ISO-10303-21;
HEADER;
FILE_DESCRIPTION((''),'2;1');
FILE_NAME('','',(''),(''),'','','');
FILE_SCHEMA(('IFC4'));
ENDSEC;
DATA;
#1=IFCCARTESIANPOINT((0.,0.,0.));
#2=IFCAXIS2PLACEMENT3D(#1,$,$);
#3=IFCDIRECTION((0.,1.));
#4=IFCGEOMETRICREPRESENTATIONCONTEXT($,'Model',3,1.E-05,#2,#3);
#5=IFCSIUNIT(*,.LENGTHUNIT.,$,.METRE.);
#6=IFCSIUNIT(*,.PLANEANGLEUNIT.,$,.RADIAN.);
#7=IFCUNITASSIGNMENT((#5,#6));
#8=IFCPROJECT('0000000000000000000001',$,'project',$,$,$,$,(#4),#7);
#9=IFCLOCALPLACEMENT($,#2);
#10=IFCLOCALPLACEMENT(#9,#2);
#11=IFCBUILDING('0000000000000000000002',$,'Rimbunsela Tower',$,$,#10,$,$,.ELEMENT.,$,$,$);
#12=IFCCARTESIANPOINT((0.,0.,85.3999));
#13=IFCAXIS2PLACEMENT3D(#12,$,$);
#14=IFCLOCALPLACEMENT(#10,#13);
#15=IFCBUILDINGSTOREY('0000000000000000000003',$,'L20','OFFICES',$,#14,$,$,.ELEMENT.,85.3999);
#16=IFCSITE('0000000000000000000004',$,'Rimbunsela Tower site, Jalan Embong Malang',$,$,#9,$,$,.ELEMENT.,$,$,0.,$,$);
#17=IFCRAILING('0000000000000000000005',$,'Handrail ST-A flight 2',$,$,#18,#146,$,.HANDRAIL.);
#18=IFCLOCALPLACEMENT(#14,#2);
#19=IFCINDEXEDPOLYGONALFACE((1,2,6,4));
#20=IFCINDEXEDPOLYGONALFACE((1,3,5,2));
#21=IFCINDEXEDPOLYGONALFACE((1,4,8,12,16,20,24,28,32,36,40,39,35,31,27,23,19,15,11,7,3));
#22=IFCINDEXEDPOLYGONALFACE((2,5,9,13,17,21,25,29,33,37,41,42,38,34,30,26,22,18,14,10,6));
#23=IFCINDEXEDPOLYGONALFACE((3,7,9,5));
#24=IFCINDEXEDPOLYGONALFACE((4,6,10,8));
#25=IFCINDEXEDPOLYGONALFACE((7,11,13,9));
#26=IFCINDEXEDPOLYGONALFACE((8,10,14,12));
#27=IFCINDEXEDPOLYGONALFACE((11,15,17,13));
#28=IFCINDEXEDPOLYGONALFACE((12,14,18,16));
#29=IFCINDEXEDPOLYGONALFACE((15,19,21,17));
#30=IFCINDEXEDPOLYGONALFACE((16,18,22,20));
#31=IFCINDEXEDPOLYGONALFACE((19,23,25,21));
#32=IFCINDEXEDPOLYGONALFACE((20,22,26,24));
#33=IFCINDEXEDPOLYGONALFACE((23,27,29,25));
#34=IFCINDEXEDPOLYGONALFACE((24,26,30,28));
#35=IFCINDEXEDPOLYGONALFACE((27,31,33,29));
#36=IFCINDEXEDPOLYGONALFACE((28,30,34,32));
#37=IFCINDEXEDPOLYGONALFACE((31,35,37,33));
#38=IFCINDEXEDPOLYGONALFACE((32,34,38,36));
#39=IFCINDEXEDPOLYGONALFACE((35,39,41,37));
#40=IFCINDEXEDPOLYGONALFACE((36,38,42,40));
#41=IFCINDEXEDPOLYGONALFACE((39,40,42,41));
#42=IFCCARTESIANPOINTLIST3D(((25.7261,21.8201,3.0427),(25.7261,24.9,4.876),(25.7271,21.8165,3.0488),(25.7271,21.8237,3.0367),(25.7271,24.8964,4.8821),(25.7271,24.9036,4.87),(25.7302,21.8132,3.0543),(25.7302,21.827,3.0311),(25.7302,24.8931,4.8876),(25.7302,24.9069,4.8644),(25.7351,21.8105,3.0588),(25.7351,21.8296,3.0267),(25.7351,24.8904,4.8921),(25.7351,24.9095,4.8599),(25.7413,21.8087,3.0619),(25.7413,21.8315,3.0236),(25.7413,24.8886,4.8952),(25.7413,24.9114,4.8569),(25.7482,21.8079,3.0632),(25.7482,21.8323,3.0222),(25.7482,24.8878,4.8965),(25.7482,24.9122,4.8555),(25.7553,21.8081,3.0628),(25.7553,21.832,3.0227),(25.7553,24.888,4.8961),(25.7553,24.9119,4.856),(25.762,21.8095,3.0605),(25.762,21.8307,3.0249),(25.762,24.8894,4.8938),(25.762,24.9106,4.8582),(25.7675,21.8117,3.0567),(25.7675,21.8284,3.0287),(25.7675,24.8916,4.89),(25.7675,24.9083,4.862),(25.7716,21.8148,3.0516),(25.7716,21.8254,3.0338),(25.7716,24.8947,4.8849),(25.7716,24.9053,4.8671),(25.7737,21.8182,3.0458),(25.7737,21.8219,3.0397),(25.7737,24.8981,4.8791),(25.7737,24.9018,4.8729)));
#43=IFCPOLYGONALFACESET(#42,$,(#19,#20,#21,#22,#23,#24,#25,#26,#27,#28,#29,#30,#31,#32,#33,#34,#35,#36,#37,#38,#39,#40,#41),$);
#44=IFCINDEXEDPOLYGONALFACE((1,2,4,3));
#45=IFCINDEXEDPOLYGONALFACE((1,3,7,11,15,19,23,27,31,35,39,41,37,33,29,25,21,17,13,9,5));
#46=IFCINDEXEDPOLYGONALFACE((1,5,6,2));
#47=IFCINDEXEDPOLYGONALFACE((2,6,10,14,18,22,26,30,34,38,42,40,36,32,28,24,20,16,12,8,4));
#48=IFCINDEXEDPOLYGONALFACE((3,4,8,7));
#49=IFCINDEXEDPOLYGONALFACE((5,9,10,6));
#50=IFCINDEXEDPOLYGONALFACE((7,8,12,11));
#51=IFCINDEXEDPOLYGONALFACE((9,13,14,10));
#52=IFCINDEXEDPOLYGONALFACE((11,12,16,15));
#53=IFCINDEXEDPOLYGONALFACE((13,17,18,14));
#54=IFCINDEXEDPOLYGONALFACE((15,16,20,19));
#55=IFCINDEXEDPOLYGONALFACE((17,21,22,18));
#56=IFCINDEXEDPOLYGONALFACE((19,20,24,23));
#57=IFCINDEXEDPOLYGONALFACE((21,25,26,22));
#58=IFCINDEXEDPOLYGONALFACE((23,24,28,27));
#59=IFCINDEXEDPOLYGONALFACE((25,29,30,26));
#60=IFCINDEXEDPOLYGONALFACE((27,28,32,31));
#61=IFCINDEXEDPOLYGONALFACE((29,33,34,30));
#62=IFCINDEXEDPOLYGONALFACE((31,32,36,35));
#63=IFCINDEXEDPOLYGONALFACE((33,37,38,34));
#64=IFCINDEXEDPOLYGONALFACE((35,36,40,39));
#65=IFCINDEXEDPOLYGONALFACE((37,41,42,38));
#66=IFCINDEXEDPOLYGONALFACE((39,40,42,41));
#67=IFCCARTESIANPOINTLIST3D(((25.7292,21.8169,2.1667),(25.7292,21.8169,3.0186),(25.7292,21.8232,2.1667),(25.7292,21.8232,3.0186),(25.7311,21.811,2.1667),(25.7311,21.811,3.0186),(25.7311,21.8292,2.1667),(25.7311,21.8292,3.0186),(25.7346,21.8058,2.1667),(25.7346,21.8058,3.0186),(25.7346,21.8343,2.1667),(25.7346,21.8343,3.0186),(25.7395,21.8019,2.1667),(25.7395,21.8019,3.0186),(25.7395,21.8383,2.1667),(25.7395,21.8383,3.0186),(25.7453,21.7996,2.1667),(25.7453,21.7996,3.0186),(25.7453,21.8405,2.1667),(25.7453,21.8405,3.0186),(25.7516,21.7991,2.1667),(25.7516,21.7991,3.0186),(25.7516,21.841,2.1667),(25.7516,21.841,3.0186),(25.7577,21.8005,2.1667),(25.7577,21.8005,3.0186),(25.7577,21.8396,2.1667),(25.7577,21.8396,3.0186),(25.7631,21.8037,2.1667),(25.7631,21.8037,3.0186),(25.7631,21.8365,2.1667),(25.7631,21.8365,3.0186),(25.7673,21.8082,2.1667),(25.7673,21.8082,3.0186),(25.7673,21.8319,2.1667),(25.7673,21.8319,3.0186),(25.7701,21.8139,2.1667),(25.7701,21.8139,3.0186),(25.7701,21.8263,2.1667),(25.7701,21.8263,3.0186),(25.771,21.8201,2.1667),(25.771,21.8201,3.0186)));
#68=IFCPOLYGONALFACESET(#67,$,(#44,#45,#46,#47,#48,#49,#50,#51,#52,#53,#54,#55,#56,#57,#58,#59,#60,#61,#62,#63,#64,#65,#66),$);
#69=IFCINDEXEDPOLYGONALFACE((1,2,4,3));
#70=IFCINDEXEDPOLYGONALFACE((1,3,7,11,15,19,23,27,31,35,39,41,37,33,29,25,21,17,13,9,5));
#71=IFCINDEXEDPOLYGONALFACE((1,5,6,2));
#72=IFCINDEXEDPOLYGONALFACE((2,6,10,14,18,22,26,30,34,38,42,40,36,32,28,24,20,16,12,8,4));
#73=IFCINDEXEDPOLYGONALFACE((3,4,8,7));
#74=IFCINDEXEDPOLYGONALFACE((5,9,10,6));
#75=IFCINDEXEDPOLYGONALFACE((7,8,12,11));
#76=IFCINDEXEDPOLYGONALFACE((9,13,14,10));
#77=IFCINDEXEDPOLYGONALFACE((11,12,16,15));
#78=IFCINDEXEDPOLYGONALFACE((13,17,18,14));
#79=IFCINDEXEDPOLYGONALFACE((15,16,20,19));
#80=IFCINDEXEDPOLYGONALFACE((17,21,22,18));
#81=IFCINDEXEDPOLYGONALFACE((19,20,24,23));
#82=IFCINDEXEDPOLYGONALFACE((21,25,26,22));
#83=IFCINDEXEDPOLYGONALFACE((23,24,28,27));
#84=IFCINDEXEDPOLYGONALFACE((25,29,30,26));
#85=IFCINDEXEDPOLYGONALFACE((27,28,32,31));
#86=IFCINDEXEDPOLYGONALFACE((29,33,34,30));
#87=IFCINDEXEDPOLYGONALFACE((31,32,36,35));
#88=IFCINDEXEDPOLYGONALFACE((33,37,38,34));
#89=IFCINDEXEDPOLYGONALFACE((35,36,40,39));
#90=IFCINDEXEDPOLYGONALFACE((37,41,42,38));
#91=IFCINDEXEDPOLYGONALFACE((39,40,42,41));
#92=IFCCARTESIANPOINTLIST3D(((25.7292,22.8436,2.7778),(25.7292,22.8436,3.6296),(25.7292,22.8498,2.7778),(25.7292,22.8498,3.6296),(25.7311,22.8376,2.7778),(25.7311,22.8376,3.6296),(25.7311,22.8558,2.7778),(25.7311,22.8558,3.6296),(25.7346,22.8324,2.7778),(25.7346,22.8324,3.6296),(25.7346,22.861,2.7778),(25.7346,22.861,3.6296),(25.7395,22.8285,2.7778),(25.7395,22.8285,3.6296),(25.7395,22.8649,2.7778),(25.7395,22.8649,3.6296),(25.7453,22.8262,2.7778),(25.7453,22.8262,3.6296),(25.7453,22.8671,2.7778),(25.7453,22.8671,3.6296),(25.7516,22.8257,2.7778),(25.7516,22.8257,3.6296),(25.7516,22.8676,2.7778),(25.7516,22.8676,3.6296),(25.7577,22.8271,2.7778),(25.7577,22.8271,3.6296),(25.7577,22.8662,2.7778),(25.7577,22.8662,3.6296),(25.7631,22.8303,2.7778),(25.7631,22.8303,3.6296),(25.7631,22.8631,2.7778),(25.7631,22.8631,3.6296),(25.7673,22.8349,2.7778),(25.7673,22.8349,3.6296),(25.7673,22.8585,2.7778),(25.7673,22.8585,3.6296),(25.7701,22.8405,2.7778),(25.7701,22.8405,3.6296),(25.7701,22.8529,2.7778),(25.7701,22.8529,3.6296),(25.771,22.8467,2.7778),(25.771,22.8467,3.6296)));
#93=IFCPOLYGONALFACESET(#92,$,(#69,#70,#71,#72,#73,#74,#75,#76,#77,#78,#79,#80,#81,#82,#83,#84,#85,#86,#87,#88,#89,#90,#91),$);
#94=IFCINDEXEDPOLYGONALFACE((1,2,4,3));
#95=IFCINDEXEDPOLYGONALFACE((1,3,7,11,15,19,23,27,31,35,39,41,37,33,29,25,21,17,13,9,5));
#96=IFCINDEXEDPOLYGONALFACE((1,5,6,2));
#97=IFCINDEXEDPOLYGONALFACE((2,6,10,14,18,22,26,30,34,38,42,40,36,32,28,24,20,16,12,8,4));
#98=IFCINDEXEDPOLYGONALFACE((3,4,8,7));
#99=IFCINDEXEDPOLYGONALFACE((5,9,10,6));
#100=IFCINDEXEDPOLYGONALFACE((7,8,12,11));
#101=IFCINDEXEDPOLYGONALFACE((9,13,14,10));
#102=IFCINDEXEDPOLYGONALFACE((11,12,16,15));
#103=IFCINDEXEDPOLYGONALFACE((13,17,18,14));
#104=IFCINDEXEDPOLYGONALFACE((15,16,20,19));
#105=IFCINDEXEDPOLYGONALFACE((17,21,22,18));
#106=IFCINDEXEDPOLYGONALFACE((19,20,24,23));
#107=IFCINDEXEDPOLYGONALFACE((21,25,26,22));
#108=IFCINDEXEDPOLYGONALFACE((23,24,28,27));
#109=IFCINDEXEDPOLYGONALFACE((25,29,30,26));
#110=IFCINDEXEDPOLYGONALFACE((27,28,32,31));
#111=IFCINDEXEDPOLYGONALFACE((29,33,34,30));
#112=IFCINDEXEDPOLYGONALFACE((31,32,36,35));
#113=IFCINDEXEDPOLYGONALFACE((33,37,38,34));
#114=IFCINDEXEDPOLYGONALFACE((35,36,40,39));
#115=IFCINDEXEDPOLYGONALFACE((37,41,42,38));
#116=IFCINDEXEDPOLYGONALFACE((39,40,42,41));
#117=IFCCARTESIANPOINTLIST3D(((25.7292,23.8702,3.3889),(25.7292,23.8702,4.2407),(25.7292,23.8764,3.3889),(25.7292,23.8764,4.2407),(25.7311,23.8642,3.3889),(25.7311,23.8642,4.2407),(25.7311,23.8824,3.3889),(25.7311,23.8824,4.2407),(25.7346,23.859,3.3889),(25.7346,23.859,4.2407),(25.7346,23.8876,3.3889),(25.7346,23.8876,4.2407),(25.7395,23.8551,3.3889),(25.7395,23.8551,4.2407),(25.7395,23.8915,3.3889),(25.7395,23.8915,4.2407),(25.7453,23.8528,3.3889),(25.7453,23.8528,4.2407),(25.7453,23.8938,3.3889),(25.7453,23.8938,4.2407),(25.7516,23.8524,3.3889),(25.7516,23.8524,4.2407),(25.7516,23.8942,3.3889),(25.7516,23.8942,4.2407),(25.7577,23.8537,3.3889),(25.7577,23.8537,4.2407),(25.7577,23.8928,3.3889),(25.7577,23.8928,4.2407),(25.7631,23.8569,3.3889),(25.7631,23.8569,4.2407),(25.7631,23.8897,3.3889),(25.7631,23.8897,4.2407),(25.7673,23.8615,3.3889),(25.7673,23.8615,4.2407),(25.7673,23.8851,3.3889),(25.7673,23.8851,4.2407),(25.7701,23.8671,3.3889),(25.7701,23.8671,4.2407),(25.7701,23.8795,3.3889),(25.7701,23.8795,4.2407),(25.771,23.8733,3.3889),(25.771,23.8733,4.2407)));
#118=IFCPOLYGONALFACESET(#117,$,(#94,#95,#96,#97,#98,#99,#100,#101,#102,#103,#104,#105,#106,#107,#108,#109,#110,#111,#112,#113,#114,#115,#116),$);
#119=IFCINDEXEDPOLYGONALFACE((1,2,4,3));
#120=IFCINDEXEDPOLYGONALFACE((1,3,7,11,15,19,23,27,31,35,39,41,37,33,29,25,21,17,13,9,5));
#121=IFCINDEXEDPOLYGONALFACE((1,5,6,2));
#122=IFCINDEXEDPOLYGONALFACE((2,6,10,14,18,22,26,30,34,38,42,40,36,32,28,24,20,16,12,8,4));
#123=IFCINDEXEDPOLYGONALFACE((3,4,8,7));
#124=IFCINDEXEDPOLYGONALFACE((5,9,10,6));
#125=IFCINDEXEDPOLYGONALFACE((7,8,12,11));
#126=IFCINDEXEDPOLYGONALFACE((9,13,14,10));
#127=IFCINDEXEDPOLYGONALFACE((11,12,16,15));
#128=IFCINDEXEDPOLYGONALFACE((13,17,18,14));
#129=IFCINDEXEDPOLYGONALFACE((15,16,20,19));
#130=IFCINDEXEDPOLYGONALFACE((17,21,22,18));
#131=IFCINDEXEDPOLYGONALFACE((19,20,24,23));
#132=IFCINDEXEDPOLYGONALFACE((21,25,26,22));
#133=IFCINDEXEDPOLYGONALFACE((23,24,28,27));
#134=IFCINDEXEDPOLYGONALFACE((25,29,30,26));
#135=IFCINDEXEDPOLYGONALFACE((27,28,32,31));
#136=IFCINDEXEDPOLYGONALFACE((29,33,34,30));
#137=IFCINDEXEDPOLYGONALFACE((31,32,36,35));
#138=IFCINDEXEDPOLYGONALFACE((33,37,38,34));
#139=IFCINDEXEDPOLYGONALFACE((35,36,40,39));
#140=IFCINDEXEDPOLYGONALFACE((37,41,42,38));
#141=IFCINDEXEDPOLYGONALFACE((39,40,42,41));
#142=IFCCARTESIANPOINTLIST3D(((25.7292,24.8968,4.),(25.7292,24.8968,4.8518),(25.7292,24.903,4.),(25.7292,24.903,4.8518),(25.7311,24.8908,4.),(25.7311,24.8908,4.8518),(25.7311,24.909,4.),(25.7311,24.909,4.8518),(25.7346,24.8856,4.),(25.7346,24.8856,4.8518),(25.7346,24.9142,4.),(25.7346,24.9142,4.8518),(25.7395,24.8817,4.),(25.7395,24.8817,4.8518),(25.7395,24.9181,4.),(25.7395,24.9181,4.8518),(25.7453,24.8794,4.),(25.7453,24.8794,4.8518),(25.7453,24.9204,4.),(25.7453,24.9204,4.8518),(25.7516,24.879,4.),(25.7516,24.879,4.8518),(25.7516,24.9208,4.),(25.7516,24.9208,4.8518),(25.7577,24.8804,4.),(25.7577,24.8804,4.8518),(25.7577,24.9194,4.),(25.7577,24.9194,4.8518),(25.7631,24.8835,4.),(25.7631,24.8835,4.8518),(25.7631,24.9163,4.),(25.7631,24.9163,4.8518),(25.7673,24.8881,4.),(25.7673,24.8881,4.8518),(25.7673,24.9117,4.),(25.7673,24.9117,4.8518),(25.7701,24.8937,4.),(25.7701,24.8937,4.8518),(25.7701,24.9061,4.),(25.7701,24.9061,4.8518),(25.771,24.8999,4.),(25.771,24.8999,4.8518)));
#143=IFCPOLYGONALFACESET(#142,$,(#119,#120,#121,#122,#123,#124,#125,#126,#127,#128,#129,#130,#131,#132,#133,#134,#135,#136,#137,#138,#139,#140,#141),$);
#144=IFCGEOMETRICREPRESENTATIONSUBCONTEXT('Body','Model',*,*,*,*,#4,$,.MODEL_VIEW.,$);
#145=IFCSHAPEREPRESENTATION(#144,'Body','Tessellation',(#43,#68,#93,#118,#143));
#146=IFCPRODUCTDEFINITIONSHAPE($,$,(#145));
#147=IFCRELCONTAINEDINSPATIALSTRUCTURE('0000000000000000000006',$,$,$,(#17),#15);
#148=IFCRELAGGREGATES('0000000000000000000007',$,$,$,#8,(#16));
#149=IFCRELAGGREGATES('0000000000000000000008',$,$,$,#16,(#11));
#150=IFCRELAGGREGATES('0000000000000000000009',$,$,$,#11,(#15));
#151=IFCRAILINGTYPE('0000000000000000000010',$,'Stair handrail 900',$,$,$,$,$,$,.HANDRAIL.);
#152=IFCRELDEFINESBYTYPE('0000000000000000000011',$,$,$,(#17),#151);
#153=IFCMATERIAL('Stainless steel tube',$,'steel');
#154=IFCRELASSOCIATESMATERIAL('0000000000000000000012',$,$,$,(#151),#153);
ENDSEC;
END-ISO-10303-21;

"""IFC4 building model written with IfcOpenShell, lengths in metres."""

from ifc_helpers import new_model, si_unit, direction, frame, origin, origin_2d, place, context, subcontext, project, spatial, circle, extrude, material, type_object, element, save


model = new_model("IFC4")

# Units and contexts
model_context = context("Model", 3, precision=1e-05, world=origin(), true_north=direction((0.0, 1.0)))
body_context = subcontext(model_context, "Body", "Model", "MODEL_VIEW")
ifc_project = project(units=[si_unit("LENGTHUNIT", "METRE"), si_unit("PLANEANGLEUNIT", "RADIAN")], contexts=[model_context])

# Site, building, storey
site_placement = place(None, origin())
site = spatial("IfcSite", under=ifc_project, at=site_placement, Name="Rimbunsela Tower site, Jalan Embong Malang", CompositionType="ELEMENT", RefElevation=0.0)
building_placement = place(site_placement, origin())
building = spatial("IfcBuilding", under=site, at=building_placement, Name="Rimbunsela Tower", CompositionType="ELEMENT")
storey_placement = place(building_placement, frame((0.0, 0.0, 85.3999)))
storey = spatial("IfcBuildingStorey", under=building, at=storey_placement, Name="L20", Description="OFFICES", CompositionType="ELEMENT", Elevation=85.3999)

# Railing
ifc_material_1 = material(Name="Stainless steel tube", Category="steel")
railing_type = type_object("IfcRailingType", Name="Stair handrail 900", PredefinedType="HANDRAIL", material=ifc_material_1)
railing_1_placement = place(storey_placement, frame((25.75, 21.8201, 2.1667)))
element("IfcRailing", 1, at=railing_1_placement, inside=storey, type_object=railing_type, Name="Handrail ST-A flight 2", PredefinedType="HANDRAIL", context=body_context, shape_type="SweptSolid", body=[
    extrude(circle(Radius=0.0239, at=origin_2d()), frame((0.0, 0.0, 0.876), z_axis=(0.0, 0.859291, 0.511487), x_axis=(-1.0, 0.0, 0.0)), (0.0, 0.0, 1.0), 3.5842),
    extrude(circle(Radius=0.021, at=origin_2d()), origin(), (0.0, 0.0, 1.0), 0.8518),
    extrude(circle(Radius=0.021, at=origin_2d()), frame((0.0, 1.0266, 0.6111)), (0.0, 0.0, 1.0), 0.8518),
    extrude(circle(Radius=0.021, at=origin_2d()), frame((0.0, 2.0532, 1.2222)), (0.0, 0.0, 1.0), 0.8518),
    extrude(circle(Radius=0.021, at=origin_2d()), frame((0.0, 3.0798, 1.8333)), (0.0, 0.0, 1.0), 0.8518),
])

save(model, "model.ifc")
